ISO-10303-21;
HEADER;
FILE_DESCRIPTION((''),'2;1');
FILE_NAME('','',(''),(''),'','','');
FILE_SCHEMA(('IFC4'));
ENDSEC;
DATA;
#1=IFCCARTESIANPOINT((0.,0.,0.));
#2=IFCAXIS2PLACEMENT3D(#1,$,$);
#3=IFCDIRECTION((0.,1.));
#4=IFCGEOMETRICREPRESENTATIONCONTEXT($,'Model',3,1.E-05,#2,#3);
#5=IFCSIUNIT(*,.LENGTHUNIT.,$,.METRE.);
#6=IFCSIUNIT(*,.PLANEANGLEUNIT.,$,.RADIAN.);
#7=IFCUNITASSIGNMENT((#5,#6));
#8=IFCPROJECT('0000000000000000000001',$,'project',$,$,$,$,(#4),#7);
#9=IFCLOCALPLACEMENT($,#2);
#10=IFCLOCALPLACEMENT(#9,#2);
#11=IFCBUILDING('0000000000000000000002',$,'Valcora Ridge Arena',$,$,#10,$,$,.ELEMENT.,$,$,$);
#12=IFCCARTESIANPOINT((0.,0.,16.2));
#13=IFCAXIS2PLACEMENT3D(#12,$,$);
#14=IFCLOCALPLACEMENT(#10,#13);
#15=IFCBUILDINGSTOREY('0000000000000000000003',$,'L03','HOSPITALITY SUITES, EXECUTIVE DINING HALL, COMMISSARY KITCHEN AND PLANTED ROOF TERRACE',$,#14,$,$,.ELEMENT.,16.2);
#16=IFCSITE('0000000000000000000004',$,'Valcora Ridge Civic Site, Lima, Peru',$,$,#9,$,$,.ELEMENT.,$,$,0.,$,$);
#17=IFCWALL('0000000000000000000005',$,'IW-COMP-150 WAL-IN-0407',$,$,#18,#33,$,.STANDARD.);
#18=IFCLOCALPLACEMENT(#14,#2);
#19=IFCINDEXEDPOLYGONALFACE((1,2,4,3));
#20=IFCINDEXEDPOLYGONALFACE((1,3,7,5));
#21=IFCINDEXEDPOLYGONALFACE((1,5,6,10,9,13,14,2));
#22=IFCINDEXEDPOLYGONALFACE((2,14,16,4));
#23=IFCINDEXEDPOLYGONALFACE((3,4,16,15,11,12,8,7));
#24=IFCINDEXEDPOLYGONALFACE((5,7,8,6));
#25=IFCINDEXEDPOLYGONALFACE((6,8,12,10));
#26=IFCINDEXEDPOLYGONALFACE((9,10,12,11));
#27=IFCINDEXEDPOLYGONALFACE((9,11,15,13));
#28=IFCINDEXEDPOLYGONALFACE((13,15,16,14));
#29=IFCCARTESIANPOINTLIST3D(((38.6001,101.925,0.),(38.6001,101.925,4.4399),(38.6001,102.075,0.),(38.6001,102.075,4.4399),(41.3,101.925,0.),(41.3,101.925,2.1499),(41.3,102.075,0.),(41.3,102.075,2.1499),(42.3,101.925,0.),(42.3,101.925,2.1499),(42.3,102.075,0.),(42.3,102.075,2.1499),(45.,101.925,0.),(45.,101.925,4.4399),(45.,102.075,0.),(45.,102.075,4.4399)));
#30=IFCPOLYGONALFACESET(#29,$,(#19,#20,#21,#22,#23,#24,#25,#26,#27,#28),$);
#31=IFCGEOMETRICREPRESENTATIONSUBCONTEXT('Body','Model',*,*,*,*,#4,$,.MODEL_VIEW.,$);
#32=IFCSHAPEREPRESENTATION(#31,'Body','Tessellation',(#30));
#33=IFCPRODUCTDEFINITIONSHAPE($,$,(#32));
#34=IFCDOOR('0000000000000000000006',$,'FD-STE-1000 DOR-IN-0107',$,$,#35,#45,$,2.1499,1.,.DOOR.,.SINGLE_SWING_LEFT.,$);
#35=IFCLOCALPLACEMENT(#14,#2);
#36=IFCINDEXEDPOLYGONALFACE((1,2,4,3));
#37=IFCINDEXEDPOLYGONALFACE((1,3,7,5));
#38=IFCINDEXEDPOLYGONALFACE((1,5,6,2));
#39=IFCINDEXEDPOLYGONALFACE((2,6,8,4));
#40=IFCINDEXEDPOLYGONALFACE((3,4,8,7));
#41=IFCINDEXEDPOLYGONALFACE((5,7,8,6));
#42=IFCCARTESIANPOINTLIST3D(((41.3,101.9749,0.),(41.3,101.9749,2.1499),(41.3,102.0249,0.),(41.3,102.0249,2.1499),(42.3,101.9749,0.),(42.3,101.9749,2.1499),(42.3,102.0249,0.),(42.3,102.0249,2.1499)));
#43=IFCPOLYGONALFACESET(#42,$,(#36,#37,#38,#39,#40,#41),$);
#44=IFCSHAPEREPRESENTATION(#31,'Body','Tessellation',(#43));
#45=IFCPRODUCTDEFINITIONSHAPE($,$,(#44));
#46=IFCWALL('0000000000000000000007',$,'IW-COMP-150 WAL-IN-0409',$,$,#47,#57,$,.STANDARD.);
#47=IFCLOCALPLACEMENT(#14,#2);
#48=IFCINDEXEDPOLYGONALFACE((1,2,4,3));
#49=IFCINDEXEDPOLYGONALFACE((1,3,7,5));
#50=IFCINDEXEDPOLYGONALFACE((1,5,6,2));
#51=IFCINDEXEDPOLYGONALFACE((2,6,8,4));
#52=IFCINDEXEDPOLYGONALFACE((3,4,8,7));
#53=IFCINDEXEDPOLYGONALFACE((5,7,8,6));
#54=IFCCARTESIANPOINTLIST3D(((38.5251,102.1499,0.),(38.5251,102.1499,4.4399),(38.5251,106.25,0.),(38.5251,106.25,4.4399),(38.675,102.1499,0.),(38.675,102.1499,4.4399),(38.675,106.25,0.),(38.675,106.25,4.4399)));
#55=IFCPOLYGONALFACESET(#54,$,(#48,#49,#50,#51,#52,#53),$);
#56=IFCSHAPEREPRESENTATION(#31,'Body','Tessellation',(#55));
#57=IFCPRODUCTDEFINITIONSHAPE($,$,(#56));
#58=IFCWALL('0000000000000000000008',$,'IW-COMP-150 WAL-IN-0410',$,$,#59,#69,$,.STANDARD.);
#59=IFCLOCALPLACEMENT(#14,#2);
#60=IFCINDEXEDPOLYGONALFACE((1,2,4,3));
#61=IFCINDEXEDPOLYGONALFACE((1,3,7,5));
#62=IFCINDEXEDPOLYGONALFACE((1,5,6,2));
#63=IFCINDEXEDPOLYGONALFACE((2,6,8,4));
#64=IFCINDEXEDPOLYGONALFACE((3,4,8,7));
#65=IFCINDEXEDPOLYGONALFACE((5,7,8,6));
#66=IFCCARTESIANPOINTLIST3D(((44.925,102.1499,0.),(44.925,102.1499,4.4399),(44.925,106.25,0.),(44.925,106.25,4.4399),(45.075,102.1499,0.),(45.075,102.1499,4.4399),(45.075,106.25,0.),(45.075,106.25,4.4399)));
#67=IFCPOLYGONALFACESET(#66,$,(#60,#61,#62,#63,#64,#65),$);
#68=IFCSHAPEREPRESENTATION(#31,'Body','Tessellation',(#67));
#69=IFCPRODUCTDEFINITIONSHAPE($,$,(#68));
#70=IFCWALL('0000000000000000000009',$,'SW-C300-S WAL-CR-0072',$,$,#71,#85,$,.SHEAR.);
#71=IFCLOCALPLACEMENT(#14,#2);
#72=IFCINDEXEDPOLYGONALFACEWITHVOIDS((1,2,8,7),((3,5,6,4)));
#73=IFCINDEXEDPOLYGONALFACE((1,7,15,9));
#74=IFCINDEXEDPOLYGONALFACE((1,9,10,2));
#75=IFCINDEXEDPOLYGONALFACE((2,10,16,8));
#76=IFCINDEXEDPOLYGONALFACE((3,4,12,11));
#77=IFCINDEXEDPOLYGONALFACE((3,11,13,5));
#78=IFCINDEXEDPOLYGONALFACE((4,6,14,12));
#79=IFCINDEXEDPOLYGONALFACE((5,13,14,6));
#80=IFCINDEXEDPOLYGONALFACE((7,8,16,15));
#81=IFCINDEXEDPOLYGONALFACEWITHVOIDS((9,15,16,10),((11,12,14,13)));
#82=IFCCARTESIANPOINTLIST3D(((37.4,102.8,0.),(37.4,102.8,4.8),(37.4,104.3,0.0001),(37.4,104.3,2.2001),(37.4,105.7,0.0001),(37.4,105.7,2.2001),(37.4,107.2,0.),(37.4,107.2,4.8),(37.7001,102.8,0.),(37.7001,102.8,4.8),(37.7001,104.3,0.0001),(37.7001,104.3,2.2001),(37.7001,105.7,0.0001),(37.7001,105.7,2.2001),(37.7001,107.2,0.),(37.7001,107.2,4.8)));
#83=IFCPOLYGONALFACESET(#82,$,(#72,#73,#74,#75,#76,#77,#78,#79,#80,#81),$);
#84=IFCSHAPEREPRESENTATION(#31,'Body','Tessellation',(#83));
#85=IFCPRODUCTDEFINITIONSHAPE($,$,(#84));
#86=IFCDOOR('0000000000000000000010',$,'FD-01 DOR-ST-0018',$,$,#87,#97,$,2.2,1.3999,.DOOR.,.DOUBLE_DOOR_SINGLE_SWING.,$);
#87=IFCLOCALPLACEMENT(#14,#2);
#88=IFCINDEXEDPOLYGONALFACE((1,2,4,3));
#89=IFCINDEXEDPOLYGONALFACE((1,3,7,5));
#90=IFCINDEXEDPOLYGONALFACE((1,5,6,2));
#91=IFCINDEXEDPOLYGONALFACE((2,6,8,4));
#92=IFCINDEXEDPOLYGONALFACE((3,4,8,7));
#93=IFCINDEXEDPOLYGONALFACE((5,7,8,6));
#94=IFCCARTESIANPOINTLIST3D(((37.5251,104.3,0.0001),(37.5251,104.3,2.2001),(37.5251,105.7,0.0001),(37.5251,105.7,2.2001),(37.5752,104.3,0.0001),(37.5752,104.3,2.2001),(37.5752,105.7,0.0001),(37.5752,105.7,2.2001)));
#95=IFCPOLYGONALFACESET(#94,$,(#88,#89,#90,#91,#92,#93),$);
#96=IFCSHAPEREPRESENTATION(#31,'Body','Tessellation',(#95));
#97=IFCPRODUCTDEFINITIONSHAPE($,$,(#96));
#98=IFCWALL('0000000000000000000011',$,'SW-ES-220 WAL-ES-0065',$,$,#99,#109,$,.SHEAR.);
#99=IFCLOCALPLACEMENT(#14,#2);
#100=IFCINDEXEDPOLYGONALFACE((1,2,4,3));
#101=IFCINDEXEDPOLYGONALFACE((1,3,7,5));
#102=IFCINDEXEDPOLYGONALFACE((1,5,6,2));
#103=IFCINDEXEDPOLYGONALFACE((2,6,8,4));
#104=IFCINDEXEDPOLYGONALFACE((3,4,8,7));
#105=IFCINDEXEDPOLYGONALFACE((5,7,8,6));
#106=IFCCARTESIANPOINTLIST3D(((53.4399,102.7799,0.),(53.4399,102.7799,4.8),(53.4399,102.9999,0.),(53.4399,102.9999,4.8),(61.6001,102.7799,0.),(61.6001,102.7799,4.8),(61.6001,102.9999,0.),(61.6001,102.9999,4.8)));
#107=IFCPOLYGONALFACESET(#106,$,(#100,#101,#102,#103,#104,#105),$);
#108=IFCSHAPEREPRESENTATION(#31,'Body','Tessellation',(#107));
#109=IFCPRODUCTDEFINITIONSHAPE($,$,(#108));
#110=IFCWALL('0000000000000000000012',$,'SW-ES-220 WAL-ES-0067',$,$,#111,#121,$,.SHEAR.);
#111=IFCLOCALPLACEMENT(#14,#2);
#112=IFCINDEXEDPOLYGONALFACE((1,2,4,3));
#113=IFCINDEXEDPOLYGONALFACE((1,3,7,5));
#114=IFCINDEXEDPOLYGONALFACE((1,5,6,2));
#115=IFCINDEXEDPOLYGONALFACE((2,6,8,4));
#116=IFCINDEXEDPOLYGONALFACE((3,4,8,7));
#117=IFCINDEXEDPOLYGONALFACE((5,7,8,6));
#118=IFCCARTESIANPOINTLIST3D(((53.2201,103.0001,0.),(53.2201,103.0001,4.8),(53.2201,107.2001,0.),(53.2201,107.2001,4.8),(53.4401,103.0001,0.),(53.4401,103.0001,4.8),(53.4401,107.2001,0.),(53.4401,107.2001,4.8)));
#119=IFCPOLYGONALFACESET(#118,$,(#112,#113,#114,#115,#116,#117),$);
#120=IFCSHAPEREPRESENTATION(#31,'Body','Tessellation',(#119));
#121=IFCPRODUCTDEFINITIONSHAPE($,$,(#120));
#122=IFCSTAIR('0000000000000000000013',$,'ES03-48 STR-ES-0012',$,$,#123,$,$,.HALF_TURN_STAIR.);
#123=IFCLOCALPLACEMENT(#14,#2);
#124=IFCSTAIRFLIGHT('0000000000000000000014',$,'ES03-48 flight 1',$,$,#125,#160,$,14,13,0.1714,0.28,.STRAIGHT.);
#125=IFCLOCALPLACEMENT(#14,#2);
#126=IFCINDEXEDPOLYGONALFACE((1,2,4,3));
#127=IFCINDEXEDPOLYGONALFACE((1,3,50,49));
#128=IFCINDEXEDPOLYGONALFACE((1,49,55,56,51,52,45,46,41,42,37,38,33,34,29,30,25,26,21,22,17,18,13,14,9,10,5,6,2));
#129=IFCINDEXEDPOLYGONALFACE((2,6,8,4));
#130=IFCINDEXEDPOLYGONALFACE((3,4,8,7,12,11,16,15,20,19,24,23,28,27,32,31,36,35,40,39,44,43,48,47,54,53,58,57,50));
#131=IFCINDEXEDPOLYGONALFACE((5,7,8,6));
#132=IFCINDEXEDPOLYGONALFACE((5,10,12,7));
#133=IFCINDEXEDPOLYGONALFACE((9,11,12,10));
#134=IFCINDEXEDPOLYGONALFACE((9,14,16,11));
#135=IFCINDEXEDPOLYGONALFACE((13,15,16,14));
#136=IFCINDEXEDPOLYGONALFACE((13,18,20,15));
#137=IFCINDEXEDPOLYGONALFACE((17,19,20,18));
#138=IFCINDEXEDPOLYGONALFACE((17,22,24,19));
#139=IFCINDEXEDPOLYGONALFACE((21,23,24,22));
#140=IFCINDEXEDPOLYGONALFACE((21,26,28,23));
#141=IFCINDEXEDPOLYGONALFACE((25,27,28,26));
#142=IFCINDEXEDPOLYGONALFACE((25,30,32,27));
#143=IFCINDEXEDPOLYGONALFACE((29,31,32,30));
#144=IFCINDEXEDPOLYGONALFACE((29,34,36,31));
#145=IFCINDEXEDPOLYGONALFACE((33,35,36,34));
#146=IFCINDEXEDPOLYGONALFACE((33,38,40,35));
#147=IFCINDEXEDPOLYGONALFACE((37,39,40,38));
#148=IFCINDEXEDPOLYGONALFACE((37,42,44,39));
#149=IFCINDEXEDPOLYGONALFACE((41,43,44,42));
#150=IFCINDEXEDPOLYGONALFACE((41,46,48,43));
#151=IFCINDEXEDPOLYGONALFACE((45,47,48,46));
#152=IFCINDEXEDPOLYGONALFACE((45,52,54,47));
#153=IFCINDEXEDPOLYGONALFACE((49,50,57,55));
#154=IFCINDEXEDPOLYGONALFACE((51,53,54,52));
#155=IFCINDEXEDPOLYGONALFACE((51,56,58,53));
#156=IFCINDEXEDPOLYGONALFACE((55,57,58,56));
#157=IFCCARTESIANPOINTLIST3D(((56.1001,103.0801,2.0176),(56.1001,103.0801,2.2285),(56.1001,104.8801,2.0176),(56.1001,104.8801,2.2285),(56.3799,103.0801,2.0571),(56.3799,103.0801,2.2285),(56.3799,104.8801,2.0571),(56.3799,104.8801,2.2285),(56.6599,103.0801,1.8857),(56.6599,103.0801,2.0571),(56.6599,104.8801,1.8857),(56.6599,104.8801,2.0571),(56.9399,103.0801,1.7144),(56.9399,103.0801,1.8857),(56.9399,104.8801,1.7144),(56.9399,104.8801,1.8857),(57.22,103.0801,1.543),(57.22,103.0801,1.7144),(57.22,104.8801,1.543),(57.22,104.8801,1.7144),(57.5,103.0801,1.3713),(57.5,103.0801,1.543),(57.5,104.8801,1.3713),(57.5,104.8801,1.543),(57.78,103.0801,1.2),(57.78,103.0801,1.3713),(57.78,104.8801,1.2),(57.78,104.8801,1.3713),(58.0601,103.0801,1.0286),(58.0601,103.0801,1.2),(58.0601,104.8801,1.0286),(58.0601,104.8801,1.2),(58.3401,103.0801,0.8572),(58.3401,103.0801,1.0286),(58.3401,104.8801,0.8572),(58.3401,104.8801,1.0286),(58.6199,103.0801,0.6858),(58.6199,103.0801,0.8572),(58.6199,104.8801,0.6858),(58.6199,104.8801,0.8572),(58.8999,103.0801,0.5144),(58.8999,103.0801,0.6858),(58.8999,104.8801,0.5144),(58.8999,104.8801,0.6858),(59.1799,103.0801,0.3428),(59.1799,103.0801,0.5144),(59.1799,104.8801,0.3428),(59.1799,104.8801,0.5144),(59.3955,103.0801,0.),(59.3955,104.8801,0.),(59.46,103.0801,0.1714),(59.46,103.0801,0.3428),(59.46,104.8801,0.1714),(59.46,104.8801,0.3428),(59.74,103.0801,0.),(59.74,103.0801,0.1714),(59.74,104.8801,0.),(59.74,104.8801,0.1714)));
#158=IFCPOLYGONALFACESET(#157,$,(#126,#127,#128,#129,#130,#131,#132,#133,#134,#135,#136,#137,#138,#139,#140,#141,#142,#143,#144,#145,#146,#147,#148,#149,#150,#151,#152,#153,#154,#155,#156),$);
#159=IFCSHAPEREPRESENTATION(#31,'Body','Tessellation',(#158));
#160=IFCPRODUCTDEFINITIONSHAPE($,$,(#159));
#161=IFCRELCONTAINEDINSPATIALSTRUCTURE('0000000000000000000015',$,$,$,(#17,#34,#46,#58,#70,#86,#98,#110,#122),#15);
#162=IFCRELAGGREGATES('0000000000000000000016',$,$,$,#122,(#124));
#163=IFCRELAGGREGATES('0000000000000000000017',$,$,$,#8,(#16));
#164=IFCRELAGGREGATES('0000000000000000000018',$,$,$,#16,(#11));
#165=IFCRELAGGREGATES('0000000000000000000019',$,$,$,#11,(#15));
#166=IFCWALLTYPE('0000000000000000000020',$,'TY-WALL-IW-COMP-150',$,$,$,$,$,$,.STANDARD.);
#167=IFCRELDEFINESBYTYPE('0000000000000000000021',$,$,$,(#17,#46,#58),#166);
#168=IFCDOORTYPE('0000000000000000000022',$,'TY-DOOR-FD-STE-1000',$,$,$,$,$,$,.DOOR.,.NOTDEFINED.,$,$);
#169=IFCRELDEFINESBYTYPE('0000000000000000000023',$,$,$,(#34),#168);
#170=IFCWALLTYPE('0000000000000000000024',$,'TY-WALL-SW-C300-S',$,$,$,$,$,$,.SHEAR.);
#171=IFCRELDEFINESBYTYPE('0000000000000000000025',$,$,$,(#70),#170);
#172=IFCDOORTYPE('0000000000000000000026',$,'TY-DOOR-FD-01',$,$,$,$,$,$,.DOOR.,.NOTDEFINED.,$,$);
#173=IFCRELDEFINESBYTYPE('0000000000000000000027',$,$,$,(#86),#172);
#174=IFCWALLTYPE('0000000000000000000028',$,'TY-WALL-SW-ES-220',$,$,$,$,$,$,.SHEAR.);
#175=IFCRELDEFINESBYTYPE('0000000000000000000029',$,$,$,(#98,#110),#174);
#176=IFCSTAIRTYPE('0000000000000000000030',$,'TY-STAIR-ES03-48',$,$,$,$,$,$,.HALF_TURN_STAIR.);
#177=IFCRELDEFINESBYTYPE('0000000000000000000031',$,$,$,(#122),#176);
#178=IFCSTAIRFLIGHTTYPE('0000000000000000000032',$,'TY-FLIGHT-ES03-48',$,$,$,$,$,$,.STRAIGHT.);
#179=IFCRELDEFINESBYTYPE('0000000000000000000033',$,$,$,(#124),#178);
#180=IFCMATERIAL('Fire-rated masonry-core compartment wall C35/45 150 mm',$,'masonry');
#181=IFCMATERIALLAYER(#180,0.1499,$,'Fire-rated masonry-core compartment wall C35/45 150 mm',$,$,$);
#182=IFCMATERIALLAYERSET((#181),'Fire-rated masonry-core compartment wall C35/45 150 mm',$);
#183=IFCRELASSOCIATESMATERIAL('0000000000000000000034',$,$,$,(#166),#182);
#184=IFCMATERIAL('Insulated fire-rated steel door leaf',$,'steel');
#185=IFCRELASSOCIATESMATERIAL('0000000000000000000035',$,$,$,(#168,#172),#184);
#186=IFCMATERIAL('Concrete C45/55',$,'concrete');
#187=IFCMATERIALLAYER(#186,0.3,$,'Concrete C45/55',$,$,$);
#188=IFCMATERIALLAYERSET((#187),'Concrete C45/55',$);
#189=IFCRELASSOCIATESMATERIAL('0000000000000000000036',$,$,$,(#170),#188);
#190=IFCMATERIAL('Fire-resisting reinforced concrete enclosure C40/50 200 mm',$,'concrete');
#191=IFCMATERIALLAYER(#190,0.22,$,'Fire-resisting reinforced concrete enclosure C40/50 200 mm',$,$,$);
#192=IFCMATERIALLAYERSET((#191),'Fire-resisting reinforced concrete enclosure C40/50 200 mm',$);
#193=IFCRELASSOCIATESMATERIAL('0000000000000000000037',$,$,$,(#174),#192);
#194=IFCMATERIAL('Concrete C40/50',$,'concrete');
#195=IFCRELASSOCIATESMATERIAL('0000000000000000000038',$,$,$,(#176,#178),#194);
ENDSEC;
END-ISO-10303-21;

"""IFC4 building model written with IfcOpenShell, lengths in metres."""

from ifc_helpers import new_model, si_unit, direction, frame, frame_2d, origin, place, context, subcontext, project, spatial, polyline, rectangle, outline, extrude, material, layer, layer_set, type_object, element, fill, aggregate, save


model = new_model("IFC4")

# Units and contexts
model_context = context("Model", 3, precision=1e-05, world=origin(), true_north=direction((0.0, 1.0)))
body_context = subcontext(model_context, "Body", "Model", "MODEL_VIEW")
ifc_project = project(units=[si_unit("LENGTHUNIT", "METRE"), si_unit("PLANEANGLEUNIT", "RADIAN")], contexts=[model_context])

# Site, building, storey
site_placement = place(None, origin())
site = spatial("IfcSite", under=ifc_project, at=site_placement, Name="Valcora Ridge Civic Site, Lima, Peru", CompositionType="ELEMENT", RefElevation=0.0)
building_placement = place(site_placement, origin())
building = spatial("IfcBuilding", under=site, at=building_placement, Name="Valcora Ridge Arena", CompositionType="ELEMENT")
storey_placement = place(building_placement, frame((0.0, 0.0, 16.2)))
storey = spatial("IfcBuildingStorey", under=building, at=storey_placement, Name="L03", Description="HOSPITALITY SUITES, EXECUTIVE DINING HALL, COMMISSARY KITCHEN AND PLANTED ROOF TERRACE", CompositionType="ELEMENT", Elevation=16.2)

# Shared definitions
ifc_material_1 = material(Name="Concrete C40/50", Category="concrete")

# Wall, opening, door
ifc_material_2 = material(Name="Fire-rated masonry-core compartment wall C35/45 150 mm", Category="masonry")
ifc_layer_1 = layer(ifc_material_2, 0.1499, Name="Fire-rated masonry-core compartment wall C35/45 150 mm")
ifc_layer_set_1 = layer_set([ifc_layer_1], Name="Fire-rated masonry-core compartment wall C35/45 150 mm")
wall_type_1 = type_object("IfcWallType", Name="TY-WALL-IW-COMP-150", PredefinedType="STANDARD", material=ifc_layer_set_1)
wall_1_placement = place(storey_placement, frame((38.6001, 102.0, 0.0), z_axis=(0.0, 0.0, 1.0), x_axis=(1.0, 0.0, 0.0)))
wall_1 = element("IfcWall", 1, at=wall_1_placement, inside=storey, type_object=wall_type_1, Name="IW-COMP-150 WAL-IN-0407", PredefinedType="STANDARD", context=body_context, shape_type="SweptSolid", body=[
    extrude(rectangle(XDim=6.3999, YDim=0.1499, at=frame_2d((3.2, 0.0))), origin(), (0.0, 0.0, 1.0), 4.4399),
])
opening_1_placement = place(wall_1_placement, frame((2.7, 0.0, 0.0)))
opening_1 = element("IfcOpeningElement", 2, at=opening_1_placement, cuts=wall_1, PredefinedType="OPENING", context=body_context, shape_type="SweptSolid", body=[
    extrude(rectangle(XDim=1.0, YDim=2.1499, at=frame_2d((0.5, 1.075))), frame((0.0, 0.085, 0.0), z_axis=(0.0, -1.0, 0.0), x_axis=(1.0, 0.0, 0.0)), (0.0, 0.0, 1.0), 0.1699),
])
ifc_material_3 = material(Name="Insulated fire-rated steel door leaf", Category="steel")
door_type_1 = type_object("IfcDoorType", Name="TY-DOOR-FD-STE-1000", OperationType="NOTDEFINED", PredefinedType="DOOR", material=ifc_material_3)
door_1_placement = place(opening_1_placement, origin())
door_1 = element("IfcDoor", 3, at=door_1_placement, inside=storey, type_object=door_type_1, Name="FD-STE-1000 DOR-IN-0107", OperationType="SINGLE_SWING_LEFT", OverallHeight=2.1499, OverallWidth=1.0, PredefinedType="DOOR", context=body_context, shape_type="SweptSolid", body=[
    extrude(rectangle(XDim=1.0, YDim=2.1499, at=frame_2d((0.5, 1.075))), frame((0.0, 0.0249, 0.0), z_axis=(0.0, -1.0, 0.0), x_axis=(1.0, 0.0, 0.0)), (0.0, 0.0, 1.0), 0.05),
])
fill(opening_1, door_1)

# Walls
for number, where, z_axis, x_axis, name in (
    (4, (38.6001, 102.1499, 0.0), (0.0, 0.0, 1.0), (0.0, 1.0, 0.0), "IW-COMP-150 WAL-IN-0409"),
    (5, (45.0, 102.1499, 0.0), (0.0, 0.0, 1.0), (0.0, 1.0, 0.0), "IW-COMP-150 WAL-IN-0410"),
):
    element("IfcWall", number, at=place(storey_placement, frame(where, z_axis=z_axis, x_axis=x_axis)), inside=storey, type_object=wall_type_1, Name=name, PredefinedType="STANDARD", context=body_context, shape_type="SweptSolid", body=[
        extrude(rectangle(XDim=4.1001, YDim=0.1499, at=frame_2d((2.05, 0.0))), origin(), (0.0, 0.0, 1.0), 4.4399),
    ])

# Wall, opening, door
ifc_material_4 = material(Name="Concrete C45/55", Category="concrete")
ifc_layer_2 = layer(ifc_material_4, 0.3, Name="Concrete C45/55")
ifc_layer_set_2 = layer_set([ifc_layer_2], Name="Concrete C45/55")
wall_type_2 = type_object("IfcWallType", Name="TY-WALL-SW-C300-S", PredefinedType="SHEAR", material=ifc_layer_set_2)
wall_2_placement = place(storey_placement, frame((37.55, 102.8, 0.0), z_axis=(0.0, 0.0, 1.0), x_axis=(0.0, 1.0, 0.0)))
wall_2 = element("IfcWall", 6, at=wall_2_placement, inside=storey, type_object=wall_type_2, Name="SW-C300-S WAL-CR-0072", PredefinedType="SHEAR", context=body_context, shape_type="SweptSolid", body=[
    extrude(rectangle(XDim=4.3999, YDim=0.3, at=frame_2d((2.2, 0.0))), origin(), (0.0, 0.0, 1.0), 4.8),
])
opening_2_placement = place(wall_2_placement, frame((1.5, 0.0, 0.0)))
opening_2 = element("IfcOpeningElement", 7, at=opening_2_placement, cuts=wall_2, PredefinedType="OPENING", context=body_context, shape_type="SweptSolid", body=[
    extrude(rectangle(XDim=1.3999, YDim=2.2, at=frame_2d((0.7, 1.1001))), frame((0.0, 0.1599, 0.0), z_axis=(0.0, -1.0, 0.0), x_axis=(1.0, 0.0, 0.0)), (0.0, 0.0, 1.0), 0.3201),
])
door_type_2 = type_object("IfcDoorType", Name="TY-DOOR-FD-01", OperationType="NOTDEFINED", PredefinedType="DOOR", material=ifc_material_3)
door_2_placement = place(opening_2_placement, origin())
door_2 = element("IfcDoor", 8, at=door_2_placement, inside=storey, type_object=door_type_2, Name="FD-01 DOR-ST-0018", OperationType="DOUBLE_DOOR_SINGLE_SWING", OverallHeight=2.2, OverallWidth=1.3999, PredefinedType="DOOR", context=body_context, shape_type="SweptSolid", body=[
    extrude(rectangle(XDim=1.3999, YDim=2.2, at=frame_2d((0.7, 1.1001))), frame((0.0, 0.0249, 0.0), z_axis=(0.0, -1.0, 0.0), x_axis=(1.0, 0.0, 0.0)), (0.0, 0.0, 1.0), 0.05),
])
fill(opening_2, door_2)

# Walls
ifc_material_5 = material(Name="Fire-resisting reinforced concrete enclosure C40/50 200 mm", Category="concrete")
ifc_layer_3 = layer(ifc_material_5, 0.22, Name="Fire-resisting reinforced concrete enclosure C40/50 200 mm")
ifc_layer_set_3 = layer_set([ifc_layer_3], Name="Fire-resisting reinforced concrete enclosure C40/50 200 mm")
wall_type_3 = type_object("IfcWallType", Name="TY-WALL-SW-ES-220", PredefinedType="SHEAR", material=ifc_layer_set_3)
wall_3_placement = place(storey_placement, frame((53.4399, 102.8899, 0.0), z_axis=(0.0, 0.0, 1.0), x_axis=(1.0, 0.0, 0.0)))
element("IfcWall", 9, at=wall_3_placement, inside=storey, type_object=wall_type_3, Name="SW-ES-220 WAL-ES-0065", PredefinedType="SHEAR", context=body_context, shape_type="SweptSolid", body=[
    extrude(rectangle(XDim=8.1602, YDim=0.22, at=frame_2d((4.0801, 0.0))), origin(), (0.0, 0.0, 1.0), 4.8),
])
wall_4_placement = place(storey_placement, frame((53.3301, 103.0, 0.0), z_axis=(0.0, 0.0, 1.0), x_axis=(0.0, 1.0, 0.0)))
element("IfcWall", 10, at=wall_4_placement, inside=storey, type_object=wall_type_3, Name="SW-ES-220 WAL-ES-0067", PredefinedType="SHEAR", context=body_context, shape_type="SweptSolid", body=[
    extrude(rectangle(XDim=4.2, YDim=0.22, at=frame_2d((2.1001, 0.0))), origin(), (0.0, 0.0, 1.0), 4.8),
])

# Stair, stair flight
stair_type_1 = type_object("IfcStairType", Name="TY-STAIR-ES03-48", PredefinedType="HALF_TURN_STAIR", material=ifc_material_1)
stair_1_placement = place(storey_placement, origin())
stair_1 = element("IfcStair", 11, at=stair_1_placement, inside=storey, type_object=stair_type_1, Name="ES03-48 STR-ES-0012", PredefinedType="HALF_TURN_STAIR")
stair_flight_type_1 = type_object("IfcStairFlightType", Name="TY-FLIGHT-ES03-48", PredefinedType="STRAIGHT", material=ifc_material_1)
stair_flight_1_placement = place(storey_placement, frame((59.74, 103.98, 0.0), z_axis=(0.0, 0.0, 1.0), x_axis=(-1.0, 0.0, 0.0)))
stair_flight_1 = element("IfcStairFlight", 12, at=stair_flight_1_placement, type_object=stair_flight_type_1, Name="ES03-48 flight 1", NumberOfRisers=14, NumberOfTreads=13, PredefinedType="STRAIGHT", RiserHeight=0.1714, TreadLength=0.28, context=body_context, shape_type="SweptSolid", body=[
    extrude(outline(polyline([(0.0, 0.0), (0.0, 0.1714), (0.28, 0.1714), (0.28, 0.3428), (0.5601, 0.3428), (0.5601, 0.5144), (0.8401, 0.5144), (0.8401, 0.6858), (1.1201, 0.6858), (1.1201, 0.8572), (1.3999, 0.8572), (1.3999, 1.0286), (1.6799, 1.0286), (1.6799, 1.2), (1.96, 1.2), (1.96, 1.3713), (2.24, 1.3713), (2.24, 1.543), (2.52, 1.543), (2.52, 1.7144), (2.8, 1.7144), (2.8, 1.8857), (3.0801, 1.8857), (3.0801, 2.0571), (3.3601, 2.0571), (3.3601, 2.2285), (3.6399, 2.2285), (3.6399, 2.3999), (3.6399, 2.0176), (0.3445, 0.0), (0.0, 0.0)])), frame((0.0, 0.8999, 0.0), z_axis=(0.0, -1.0, 0.0), x_axis=(1.0, 0.0, 0.0)), (0.0, 0.0, 1.0), 1.8),
])
aggregate(stair_1, [stair_flight_1])

save(model, "model.ifc")
